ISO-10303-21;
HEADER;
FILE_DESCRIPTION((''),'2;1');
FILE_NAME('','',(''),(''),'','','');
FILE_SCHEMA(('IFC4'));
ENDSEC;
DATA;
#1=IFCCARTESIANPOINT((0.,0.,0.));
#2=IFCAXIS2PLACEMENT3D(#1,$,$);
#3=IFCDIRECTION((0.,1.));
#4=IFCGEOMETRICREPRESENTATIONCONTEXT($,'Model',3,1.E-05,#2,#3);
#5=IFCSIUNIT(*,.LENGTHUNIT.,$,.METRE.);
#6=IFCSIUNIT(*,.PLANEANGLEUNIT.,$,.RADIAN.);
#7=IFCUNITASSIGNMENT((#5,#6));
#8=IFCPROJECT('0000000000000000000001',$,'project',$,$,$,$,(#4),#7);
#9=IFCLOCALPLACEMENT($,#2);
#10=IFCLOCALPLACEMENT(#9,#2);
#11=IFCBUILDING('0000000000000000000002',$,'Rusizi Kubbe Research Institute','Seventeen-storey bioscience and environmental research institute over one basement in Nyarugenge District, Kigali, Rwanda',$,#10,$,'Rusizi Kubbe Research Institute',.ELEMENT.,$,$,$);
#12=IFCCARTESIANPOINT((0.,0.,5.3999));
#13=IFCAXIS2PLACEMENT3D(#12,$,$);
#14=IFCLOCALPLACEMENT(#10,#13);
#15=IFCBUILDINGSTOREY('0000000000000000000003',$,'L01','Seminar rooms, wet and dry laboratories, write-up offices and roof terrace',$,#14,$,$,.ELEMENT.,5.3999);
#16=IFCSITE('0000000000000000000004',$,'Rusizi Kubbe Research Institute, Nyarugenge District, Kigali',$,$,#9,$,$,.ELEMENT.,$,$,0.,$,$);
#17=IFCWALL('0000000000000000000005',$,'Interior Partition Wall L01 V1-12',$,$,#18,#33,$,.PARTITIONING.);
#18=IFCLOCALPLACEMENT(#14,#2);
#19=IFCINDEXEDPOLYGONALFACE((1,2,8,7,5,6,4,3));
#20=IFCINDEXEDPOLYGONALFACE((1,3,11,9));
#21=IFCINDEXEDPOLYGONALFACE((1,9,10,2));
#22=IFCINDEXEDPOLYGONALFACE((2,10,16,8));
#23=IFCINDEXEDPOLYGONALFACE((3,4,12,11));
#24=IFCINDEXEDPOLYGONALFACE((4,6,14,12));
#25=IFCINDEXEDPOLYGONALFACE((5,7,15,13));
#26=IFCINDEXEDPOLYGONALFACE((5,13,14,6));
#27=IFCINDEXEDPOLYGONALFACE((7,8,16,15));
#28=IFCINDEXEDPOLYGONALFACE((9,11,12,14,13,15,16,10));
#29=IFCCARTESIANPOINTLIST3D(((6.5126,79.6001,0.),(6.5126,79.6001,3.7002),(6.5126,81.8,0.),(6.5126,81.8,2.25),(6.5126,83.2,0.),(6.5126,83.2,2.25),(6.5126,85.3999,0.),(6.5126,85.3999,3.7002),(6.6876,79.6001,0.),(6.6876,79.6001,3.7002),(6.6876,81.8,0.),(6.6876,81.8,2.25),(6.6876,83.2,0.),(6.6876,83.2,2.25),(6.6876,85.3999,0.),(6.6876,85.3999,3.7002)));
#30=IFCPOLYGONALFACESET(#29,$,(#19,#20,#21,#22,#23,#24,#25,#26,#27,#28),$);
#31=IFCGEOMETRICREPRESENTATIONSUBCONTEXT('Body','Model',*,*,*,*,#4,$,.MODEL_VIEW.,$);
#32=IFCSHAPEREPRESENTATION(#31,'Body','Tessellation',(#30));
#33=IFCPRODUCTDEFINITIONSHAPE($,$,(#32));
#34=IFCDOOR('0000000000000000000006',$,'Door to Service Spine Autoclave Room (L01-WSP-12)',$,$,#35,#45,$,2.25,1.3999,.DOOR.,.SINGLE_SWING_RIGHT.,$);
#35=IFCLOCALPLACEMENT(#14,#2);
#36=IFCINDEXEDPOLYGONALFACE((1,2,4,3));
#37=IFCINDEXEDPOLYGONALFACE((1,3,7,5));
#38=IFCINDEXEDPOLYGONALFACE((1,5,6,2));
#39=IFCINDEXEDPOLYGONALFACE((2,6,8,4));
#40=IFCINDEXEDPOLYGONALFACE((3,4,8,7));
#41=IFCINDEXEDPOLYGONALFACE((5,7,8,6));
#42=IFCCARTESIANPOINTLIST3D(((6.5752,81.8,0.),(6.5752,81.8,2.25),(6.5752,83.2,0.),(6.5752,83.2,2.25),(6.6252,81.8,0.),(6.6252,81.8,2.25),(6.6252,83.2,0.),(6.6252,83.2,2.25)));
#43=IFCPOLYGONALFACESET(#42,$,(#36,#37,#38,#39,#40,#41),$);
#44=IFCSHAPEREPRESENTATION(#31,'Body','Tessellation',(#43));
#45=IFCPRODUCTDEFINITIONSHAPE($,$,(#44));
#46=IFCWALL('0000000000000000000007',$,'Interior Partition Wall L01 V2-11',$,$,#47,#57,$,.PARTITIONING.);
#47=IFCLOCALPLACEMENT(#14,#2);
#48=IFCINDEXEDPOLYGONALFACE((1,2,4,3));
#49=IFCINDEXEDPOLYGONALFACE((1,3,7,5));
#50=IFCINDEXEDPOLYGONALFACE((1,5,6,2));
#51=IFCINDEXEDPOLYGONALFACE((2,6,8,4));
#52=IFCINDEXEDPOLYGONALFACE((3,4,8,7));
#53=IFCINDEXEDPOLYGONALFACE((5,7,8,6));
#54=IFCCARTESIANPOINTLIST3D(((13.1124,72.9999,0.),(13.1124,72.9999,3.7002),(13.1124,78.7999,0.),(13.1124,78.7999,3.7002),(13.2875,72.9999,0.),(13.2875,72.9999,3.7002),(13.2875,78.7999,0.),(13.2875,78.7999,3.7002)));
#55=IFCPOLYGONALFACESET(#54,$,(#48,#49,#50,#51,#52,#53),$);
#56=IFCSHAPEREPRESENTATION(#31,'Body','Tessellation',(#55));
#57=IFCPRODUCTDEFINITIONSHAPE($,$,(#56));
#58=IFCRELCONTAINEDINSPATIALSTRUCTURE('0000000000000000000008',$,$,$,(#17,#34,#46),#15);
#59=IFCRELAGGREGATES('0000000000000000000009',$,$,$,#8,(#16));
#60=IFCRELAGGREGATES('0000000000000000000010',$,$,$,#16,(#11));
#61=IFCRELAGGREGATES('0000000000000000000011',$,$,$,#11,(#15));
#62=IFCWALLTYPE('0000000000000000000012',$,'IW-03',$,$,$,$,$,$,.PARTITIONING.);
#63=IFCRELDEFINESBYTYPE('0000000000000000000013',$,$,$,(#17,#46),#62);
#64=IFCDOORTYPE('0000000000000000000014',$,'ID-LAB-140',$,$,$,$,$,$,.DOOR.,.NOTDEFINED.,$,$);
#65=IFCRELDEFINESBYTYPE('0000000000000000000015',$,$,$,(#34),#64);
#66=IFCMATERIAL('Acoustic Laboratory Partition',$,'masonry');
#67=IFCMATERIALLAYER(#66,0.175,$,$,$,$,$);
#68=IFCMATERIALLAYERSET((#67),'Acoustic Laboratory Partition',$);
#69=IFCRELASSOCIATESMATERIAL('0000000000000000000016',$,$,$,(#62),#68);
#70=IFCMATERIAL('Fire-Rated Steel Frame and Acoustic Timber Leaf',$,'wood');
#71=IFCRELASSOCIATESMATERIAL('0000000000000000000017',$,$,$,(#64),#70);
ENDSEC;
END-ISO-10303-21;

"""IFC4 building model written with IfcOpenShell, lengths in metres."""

from ifc_helpers import new_model, si_unit, direction, frame, frame_2d, origin, place, context, subcontext, project, spatial, rectangle, extrude, material, layer, layer_set, type_object, element, fill, save


model = new_model("IFC4")

# Units and contexts
model_context = context("Model", 3, precision=1e-05, world=origin(), true_north=direction((0.0, 1.0)))
body_context = subcontext(model_context, "Body", "Model", "MODEL_VIEW")
ifc_project = project(units=[si_unit("LENGTHUNIT", "METRE"), si_unit("PLANEANGLEUNIT", "RADIAN")], contexts=[model_context])

# Site, building, storey
site_placement = place(None, origin())
site = spatial("IfcSite", under=ifc_project, at=site_placement, Name="Rusizi Kubbe Research Institute, Nyarugenge District, Kigali", CompositionType="ELEMENT", RefElevation=0.0)
building_placement = place(site_placement, origin())
building = spatial("IfcBuilding", under=site, at=building_placement, Name="Rusizi Kubbe Research Institute", Description="Seventeen-storey bioscience and environmental research institute over one basement in Nyarugenge District, Kigali, Rwanda", LongName="Rusizi Kubbe Research Institute", CompositionType="ELEMENT")
storey_placement = place(building_placement, frame((0.0, 0.0, 5.3999)))
storey = spatial("IfcBuildingStorey", under=building, at=storey_placement, Name="L01", Description="Seminar rooms, wet and dry laboratories, write-up offices and roof terrace", CompositionType="ELEMENT", Elevation=5.3999)

# Wall, opening, door
ifc_material_1 = material(Name="Acoustic Laboratory Partition", Category="masonry")
ifc_layer = layer(ifc_material_1, 0.175)
ifc_layer_set = layer_set([ifc_layer], Name="Acoustic Laboratory Partition")
wall_type = type_object("IfcWallType", Name="IW-03", PredefinedType="PARTITIONING", material=ifc_layer_set)
wall_1_placement = place(storey_placement, frame((6.6001, 79.6001, 0.0), z_axis=(0.0, 0.0, 1.0), x_axis=(0.0, 1.0, 0.0)))
wall_1 = element("IfcWall", 1, at=wall_1_placement, inside=storey, type_object=wall_type, Name="Interior Partition Wall L01 V1-12", PredefinedType="PARTITIONING", context=body_context, shape_type="SweptSolid", body=[
    extrude(rectangle(XDim=5.7998, YDim=0.175, at=frame_2d((2.8999, 0.0))), origin(), (0.0, 0.0, 1.0), 3.7002),
])
opening_placement = place(wall_1_placement, frame((2.2, 0.0, 0.0)))
opening = element("IfcOpeningElement", 2, at=opening_placement, cuts=wall_1, PredefinedType="OPENING", context=body_context, shape_type="SweptSolid", body=[
    extrude(rectangle(XDim=1.3999, YDim=2.25, at=frame_2d((0.7, 1.125))), frame((0.0, 0.0974, 0.0), z_axis=(0.0, -1.0, 0.0), x_axis=(1.0, 0.0, 0.0)), (0.0, 0.0, 1.0), 0.1951),
])
ifc_material_2 = material(Name="Fire-Rated Steel Frame and Acoustic Timber Leaf", Category="wood")
door_type = type_object("IfcDoorType", Name="ID-LAB-140", OperationType="NOTDEFINED", PredefinedType="DOOR", material=ifc_material_2)
door_placement = place(opening_placement, origin())
door = element("IfcDoor", 3, at=door_placement, inside=storey, type_object=door_type, Name="Door to Service Spine Autoclave Room (L01-WSP-12)", OperationType="SINGLE_SWING_RIGHT", OverallHeight=2.25, OverallWidth=1.3999, PredefinedType="DOOR", context=body_context, shape_type="SweptSolid", body=[
    extrude(rectangle(XDim=1.3999, YDim=2.25, at=frame_2d((0.7, 1.125))), frame((0.0, 0.0249, 0.0), z_axis=(0.0, -1.0, 0.0), x_axis=(1.0, 0.0, 0.0)), (0.0, 0.0, 1.0), 0.05),
])
fill(opening, door)

# Wall
wall_2_placement = place(storey_placement, frame((13.2, 73.0, 0.0), z_axis=(0.0, 0.0, 1.0), x_axis=(0.0, 1.0, 0.0)))
element("IfcWall", 4, at=wall_2_placement, inside=storey, type_object=wall_type, Name="Interior Partition Wall L01 V2-11", PredefinedType="PARTITIONING", context=body_context, shape_type="SweptSolid", body=[
    extrude(rectangle(XDim=5.8, YDim=0.175, at=frame_2d((2.8999, 0.0))), origin(), (0.0, 0.0, 1.0), 3.7002),
])

save(model, "model.ifc")
